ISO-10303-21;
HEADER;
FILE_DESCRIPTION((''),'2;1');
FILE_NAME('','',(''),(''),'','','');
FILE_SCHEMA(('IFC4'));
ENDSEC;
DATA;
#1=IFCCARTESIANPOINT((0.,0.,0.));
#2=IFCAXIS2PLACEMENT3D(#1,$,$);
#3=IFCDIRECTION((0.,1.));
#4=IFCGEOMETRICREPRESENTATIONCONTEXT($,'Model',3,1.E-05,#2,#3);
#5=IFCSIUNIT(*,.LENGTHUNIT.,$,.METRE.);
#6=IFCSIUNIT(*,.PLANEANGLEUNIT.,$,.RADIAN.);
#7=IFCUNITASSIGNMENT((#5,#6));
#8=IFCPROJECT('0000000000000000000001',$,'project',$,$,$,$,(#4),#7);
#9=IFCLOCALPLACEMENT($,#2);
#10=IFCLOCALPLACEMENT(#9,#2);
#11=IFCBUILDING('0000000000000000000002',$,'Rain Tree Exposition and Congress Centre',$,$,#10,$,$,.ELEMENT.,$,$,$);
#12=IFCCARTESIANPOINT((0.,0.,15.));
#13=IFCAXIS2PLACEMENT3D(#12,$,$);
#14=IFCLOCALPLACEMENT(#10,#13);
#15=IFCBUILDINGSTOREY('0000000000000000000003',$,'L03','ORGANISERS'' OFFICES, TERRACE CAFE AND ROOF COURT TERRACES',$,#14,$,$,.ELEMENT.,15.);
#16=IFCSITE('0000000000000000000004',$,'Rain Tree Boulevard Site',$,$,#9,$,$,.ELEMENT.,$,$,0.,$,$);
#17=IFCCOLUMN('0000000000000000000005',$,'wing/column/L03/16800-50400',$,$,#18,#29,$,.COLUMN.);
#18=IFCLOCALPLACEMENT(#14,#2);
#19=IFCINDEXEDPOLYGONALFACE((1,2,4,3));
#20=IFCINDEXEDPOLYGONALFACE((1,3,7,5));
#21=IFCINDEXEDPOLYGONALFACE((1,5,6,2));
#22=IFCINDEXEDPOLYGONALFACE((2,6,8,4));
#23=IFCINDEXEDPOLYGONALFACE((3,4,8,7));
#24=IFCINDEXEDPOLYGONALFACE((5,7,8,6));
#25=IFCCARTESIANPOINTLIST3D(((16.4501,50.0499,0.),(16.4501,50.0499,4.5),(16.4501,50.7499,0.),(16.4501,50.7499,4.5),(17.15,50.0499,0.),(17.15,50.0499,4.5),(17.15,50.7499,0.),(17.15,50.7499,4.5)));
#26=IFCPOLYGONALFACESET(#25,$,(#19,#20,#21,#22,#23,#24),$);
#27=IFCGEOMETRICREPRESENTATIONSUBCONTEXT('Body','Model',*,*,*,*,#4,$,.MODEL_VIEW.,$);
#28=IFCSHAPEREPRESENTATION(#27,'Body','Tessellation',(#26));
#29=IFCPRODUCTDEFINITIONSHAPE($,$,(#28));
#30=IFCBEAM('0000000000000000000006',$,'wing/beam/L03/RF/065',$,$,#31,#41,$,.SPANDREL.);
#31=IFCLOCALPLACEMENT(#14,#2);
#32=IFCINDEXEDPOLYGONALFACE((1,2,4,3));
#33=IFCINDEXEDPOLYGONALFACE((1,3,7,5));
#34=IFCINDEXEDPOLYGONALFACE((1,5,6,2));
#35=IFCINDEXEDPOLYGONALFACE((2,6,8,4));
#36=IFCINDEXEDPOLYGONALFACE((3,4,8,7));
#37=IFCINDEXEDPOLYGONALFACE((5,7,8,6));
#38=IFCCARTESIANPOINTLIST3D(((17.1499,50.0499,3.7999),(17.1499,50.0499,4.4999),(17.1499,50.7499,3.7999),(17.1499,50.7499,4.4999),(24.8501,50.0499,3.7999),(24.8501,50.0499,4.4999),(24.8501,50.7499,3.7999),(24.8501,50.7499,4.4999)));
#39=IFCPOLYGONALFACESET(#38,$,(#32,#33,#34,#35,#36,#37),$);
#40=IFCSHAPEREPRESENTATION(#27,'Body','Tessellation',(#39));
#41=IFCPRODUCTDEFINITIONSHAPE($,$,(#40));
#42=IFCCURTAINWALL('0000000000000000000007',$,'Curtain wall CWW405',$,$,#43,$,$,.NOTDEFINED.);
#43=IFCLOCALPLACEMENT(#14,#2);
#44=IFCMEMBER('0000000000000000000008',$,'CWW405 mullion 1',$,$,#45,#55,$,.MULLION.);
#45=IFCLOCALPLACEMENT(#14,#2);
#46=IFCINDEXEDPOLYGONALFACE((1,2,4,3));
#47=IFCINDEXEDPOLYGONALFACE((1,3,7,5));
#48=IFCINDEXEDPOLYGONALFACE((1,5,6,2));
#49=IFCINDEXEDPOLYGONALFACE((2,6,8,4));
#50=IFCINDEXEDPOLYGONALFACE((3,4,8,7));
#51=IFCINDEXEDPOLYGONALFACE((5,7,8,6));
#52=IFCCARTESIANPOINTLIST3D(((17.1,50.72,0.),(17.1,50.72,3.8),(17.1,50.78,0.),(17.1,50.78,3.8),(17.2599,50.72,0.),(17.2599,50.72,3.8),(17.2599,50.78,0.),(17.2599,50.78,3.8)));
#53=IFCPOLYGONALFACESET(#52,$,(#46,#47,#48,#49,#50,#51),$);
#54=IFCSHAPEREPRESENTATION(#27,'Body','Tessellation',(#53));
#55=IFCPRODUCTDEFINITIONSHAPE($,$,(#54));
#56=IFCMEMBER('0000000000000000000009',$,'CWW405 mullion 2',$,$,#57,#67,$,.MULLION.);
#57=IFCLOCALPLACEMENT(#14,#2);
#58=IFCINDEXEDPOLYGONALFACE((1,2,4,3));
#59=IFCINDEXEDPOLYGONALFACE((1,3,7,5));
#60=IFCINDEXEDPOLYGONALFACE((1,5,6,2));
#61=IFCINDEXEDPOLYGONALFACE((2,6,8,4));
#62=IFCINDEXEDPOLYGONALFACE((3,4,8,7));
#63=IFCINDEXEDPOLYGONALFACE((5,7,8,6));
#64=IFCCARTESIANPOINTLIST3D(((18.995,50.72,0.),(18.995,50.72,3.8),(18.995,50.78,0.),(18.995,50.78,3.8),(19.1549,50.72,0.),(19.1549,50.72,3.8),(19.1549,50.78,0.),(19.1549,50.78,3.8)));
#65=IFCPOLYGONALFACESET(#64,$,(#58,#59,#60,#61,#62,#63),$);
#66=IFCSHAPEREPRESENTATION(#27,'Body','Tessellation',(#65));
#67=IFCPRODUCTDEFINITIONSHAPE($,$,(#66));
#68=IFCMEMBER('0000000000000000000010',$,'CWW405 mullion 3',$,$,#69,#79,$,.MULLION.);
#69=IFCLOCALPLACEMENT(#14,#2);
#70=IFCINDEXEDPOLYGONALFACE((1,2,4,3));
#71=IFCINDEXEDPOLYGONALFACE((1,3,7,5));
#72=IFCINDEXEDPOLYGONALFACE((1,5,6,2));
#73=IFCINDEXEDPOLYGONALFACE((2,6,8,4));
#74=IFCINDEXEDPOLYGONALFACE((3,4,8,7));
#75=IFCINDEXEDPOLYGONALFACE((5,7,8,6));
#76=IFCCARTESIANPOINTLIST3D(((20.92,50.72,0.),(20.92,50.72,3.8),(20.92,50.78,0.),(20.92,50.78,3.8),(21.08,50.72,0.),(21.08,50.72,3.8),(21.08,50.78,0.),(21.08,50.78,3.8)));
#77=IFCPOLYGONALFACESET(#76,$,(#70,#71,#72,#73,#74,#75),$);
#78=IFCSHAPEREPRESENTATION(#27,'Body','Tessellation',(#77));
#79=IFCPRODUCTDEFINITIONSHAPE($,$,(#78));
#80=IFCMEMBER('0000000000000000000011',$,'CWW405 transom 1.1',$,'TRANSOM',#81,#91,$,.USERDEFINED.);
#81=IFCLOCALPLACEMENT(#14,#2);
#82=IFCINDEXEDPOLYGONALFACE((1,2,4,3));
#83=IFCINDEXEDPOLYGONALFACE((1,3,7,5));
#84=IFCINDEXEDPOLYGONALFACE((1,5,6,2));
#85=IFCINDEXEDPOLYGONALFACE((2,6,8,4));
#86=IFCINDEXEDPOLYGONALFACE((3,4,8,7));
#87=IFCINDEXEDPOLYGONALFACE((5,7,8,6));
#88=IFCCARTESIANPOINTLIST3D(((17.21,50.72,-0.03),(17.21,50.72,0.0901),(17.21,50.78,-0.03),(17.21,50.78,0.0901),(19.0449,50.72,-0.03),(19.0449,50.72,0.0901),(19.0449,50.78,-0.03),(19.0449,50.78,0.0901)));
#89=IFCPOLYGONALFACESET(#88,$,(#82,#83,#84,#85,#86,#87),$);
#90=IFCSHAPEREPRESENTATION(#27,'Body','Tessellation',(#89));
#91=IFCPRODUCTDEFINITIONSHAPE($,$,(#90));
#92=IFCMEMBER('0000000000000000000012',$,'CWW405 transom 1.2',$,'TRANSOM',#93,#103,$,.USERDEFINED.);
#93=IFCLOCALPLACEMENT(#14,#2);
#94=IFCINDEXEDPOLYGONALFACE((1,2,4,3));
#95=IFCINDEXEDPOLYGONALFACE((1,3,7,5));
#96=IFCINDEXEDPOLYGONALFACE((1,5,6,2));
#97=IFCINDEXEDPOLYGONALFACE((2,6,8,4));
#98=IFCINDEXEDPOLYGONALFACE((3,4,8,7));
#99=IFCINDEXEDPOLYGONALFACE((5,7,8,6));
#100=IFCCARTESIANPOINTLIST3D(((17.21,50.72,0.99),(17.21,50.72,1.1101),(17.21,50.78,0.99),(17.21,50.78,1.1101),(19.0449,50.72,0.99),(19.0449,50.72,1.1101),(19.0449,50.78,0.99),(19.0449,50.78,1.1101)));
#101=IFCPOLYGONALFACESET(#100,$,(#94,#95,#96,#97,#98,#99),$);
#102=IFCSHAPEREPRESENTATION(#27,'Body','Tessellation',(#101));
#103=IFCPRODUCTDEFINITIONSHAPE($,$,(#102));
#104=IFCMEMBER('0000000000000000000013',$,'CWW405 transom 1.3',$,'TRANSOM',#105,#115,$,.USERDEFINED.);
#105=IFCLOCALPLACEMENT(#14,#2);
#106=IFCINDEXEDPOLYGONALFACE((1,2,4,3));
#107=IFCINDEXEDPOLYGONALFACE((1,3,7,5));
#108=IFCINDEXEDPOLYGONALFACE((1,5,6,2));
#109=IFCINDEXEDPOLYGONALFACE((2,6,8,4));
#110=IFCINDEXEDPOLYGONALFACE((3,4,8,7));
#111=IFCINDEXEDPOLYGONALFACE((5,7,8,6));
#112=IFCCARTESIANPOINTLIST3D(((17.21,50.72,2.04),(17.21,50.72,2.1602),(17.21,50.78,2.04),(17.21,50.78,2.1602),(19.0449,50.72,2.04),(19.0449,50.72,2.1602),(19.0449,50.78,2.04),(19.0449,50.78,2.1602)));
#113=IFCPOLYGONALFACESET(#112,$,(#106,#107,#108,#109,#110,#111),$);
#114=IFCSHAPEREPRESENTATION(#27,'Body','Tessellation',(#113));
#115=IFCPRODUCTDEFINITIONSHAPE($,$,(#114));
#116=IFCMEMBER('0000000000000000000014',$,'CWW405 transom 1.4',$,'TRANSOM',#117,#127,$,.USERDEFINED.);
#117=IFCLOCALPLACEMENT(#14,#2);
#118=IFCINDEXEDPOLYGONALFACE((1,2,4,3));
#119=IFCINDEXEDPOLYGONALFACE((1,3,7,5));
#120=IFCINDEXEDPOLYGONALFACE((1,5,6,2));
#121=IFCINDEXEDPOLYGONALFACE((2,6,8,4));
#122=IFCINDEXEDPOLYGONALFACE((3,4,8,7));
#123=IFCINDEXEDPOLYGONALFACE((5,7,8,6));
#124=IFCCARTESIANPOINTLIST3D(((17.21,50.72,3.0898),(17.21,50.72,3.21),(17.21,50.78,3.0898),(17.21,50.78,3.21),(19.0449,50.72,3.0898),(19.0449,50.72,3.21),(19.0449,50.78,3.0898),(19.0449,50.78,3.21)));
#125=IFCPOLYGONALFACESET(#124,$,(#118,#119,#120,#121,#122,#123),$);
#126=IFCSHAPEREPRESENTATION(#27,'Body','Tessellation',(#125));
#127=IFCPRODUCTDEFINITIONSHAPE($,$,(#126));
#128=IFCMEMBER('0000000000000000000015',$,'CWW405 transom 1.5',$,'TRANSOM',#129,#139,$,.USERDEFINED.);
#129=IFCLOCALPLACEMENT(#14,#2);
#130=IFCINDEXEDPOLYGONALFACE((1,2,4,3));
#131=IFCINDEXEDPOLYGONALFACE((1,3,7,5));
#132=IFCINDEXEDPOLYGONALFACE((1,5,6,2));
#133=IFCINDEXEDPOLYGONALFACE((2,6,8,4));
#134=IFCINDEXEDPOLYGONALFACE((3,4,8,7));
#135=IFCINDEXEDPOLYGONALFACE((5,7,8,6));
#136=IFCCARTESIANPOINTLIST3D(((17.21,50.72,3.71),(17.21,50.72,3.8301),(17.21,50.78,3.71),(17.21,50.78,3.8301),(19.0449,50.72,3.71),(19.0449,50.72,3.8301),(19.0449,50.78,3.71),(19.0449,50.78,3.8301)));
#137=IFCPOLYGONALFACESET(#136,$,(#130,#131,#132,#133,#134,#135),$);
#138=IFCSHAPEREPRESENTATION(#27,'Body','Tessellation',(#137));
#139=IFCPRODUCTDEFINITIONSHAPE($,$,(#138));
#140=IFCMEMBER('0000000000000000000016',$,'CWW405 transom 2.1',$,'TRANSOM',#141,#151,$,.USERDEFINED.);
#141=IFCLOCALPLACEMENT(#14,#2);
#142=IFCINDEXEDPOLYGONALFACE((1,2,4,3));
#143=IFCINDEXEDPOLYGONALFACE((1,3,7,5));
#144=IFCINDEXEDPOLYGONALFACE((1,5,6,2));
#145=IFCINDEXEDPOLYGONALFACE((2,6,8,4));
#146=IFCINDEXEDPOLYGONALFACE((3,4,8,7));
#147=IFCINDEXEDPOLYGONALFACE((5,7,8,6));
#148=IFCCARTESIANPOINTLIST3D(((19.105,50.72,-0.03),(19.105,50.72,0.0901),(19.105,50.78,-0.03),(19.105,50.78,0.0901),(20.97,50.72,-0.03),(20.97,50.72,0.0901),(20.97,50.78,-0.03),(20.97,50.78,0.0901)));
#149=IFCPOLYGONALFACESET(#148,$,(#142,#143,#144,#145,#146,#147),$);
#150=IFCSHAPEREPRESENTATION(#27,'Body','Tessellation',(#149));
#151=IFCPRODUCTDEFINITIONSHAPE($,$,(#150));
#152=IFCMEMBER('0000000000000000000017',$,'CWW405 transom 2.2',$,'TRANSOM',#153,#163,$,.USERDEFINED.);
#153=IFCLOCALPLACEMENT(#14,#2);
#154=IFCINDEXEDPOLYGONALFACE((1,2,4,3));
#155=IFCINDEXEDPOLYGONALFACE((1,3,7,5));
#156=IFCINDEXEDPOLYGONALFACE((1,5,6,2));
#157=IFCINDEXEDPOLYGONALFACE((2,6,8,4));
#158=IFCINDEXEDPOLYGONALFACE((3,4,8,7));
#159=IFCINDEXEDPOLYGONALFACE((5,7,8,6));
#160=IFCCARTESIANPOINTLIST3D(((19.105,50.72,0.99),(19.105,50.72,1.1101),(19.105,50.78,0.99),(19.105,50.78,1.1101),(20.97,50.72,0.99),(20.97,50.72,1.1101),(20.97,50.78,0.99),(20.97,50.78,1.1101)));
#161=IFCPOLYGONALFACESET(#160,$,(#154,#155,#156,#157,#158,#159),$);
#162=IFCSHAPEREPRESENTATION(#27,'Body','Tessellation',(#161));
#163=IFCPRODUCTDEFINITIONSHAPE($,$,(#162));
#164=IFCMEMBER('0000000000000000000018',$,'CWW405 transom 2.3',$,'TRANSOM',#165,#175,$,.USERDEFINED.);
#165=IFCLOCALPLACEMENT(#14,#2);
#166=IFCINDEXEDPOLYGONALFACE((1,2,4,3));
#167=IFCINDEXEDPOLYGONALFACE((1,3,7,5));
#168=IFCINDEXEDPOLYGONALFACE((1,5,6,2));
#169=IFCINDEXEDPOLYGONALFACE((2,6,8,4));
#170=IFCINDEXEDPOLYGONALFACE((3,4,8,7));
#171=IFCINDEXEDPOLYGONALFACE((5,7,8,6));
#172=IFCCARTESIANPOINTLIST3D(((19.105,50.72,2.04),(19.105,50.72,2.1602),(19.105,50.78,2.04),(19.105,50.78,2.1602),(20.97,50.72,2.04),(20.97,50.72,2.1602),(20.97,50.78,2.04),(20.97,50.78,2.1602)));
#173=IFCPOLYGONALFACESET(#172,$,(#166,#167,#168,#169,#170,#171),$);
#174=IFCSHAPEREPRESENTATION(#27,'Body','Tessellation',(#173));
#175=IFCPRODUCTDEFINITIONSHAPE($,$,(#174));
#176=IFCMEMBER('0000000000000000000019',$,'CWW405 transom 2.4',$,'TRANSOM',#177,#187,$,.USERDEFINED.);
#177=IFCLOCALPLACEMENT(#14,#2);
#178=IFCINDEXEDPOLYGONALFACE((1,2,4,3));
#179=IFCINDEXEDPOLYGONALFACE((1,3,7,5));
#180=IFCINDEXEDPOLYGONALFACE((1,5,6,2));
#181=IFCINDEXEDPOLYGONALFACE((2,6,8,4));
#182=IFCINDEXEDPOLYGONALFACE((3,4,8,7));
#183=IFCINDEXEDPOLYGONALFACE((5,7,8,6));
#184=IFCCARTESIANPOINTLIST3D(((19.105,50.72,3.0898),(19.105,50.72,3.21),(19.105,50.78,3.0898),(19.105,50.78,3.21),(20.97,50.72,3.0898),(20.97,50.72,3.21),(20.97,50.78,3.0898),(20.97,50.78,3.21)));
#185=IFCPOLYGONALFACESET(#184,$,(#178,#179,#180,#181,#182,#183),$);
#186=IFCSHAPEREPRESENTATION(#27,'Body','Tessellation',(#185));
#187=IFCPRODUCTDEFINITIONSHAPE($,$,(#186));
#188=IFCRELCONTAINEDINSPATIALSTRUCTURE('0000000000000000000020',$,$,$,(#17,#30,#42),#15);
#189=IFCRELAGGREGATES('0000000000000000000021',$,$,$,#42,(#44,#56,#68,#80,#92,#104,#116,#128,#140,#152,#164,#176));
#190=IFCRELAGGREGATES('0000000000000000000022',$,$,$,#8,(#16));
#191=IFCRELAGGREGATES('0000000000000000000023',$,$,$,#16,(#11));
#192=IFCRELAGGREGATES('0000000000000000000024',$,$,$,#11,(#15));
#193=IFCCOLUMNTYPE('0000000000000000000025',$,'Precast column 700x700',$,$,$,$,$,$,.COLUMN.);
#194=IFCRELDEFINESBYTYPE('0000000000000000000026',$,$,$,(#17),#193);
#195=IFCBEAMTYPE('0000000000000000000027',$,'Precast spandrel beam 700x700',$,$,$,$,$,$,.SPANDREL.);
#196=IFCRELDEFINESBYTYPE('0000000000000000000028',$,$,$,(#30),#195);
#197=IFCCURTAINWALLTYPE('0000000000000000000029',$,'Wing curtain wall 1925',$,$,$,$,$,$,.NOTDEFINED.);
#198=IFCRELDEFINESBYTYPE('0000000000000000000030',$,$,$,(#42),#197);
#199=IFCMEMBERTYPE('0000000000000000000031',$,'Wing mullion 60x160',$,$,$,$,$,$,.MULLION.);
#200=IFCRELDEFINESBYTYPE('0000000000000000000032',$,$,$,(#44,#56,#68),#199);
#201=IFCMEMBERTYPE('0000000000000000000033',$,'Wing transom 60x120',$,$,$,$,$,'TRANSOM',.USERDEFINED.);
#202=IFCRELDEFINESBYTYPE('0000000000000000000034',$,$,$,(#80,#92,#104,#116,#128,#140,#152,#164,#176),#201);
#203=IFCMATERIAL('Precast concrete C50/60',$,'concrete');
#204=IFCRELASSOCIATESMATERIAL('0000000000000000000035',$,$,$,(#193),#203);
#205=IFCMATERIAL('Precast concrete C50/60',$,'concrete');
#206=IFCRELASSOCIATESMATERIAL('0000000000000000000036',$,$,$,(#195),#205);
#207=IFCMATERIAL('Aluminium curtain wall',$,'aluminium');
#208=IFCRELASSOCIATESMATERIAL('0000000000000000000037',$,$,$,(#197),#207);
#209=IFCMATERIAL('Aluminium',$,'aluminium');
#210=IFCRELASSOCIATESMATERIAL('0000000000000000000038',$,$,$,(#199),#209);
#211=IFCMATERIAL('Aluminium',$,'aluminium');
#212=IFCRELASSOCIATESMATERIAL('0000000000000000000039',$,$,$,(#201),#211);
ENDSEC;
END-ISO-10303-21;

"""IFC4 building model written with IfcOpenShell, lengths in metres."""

from ifc_helpers import new_model, si_unit, direction, frame, origin, origin_2d, place, context, subcontext, project, spatial, rectangle, extrude, material, material_profile, profile_set, type_object, element, aggregate, save


model = new_model("IFC4")

# Units and contexts
model_context = context("Model", 3, precision=1e-05, world=origin(), true_north=direction((0.0, 1.0)))
body_context = subcontext(model_context, "Body", "Model", "MODEL_VIEW")
ifc_project = project(units=[si_unit("LENGTHUNIT", "METRE"), si_unit("PLANEANGLEUNIT", "RADIAN")], contexts=[model_context])

# Site, building, storey
site_placement = place(None, origin())
site = spatial("IfcSite", under=ifc_project, at=site_placement, Name="Rain Tree Boulevard Site", CompositionType="ELEMENT", RefElevation=0.0)
building_placement = place(site_placement, origin())
building = spatial("IfcBuilding", under=site, at=building_placement, Name="Rain Tree Exposition and Congress Centre", CompositionType="ELEMENT")
storey_placement = place(building_placement, frame((0.0, 0.0, 15.0)))
storey = spatial("IfcBuildingStorey", under=building, at=storey_placement, Name="L03", Description="ORGANISERS' OFFICES, TERRACE CAFE AND ROOF COURT TERRACES", CompositionType="ELEMENT", Elevation=15.0)

# Column
ifc_material_1 = material(Name="Precast concrete C50/60", Category="concrete")
ifc_material_profile_1 = material_profile(ifc_material_1, rectangle(XDim=0.7, YDim=0.7, at=origin_2d()), Name="RC 700x700")
ifc_profile_set_1 = profile_set([ifc_material_profile_1], Name="Precast concrete C50/60")
column_type = type_object("IfcColumnType", Name="Precast column 700x700", PredefinedType="COLUMN", material=ifc_profile_set_1)
column_placement = place(storey_placement, frame((16.8, 50.3999, 0.0), z_axis=(0.0, 0.0, 1.0), x_axis=(1.0, 0.0, 0.0)))
element("IfcColumn", 1, at=column_placement, inside=storey, type_object=column_type, Name="wing/column/L03/16800-50400", PredefinedType="COLUMN", context=body_context, shape_type="SweptSolid", body=[
    extrude(rectangle(XDim=0.7, YDim=0.7, at=origin_2d()), origin(), (0.0, 0.0, 1.0), 4.5),
])

# Beam
ifc_material_2 = material(Name="Precast concrete C50/60", Category="concrete")
ifc_material_profile_2 = material_profile(ifc_material_2, rectangle(XDim=0.7, YDim=0.7, at=origin_2d()), Name="RC 700x700")
ifc_profile_set_2 = profile_set([ifc_material_profile_2], Name="Precast concrete C50/60")
beam_type = type_object("IfcBeamType", Name="Precast spandrel beam 700x700", PredefinedType="SPANDREL", material=ifc_profile_set_2)
beam_placement = place(storey_placement, frame((17.1499, 50.3999, 4.1499), z_axis=(1.0, 0.0, 0.0), x_axis=(0.0, 1.0, 0.0)))
element("IfcBeam", 2, at=beam_placement, inside=storey, type_object=beam_type, Name="wing/beam/L03/RF/065", PredefinedType="SPANDREL", context=body_context, shape_type="SweptSolid", body=[
    extrude(rectangle(XDim=0.7, YDim=0.7, at=origin_2d()), origin(), (0.0, 0.0, 1.0), 7.7002),
])

# Curtain wall, members
ifc_material_3 = material(Name="Aluminium curtain wall", Category="aluminium")
curtain_wall_type = type_object("IfcCurtainWallType", Name="Wing curtain wall 1925", PredefinedType="NOTDEFINED", material=ifc_material_3)
curtain_wall_placement = place(storey_placement, origin())
curtain_wall = element("IfcCurtainWall", 3, at=curtain_wall_placement, inside=storey, type_object=curtain_wall_type, Name="Curtain wall CWW405", PredefinedType="NOTDEFINED")
ifc_material_4 = material(Name="Aluminium", Category="aluminium")
ifc_material_profile_3 = material_profile(ifc_material_4, rectangle(XDim=0.0601, YDim=0.1599, at=origin_2d()), Name="Aluminium 60x160")
ifc_profile_set_3 = profile_set([ifc_material_profile_3], Name="Aluminium")
member_type_1 = type_object("IfcMemberType", Name="Wing mullion 60x160", PredefinedType="MULLION", material=ifc_profile_set_3)
member_1_placement = place(storey_placement, frame((17.1799, 50.75, 0.0), z_axis=(0.0, 0.0, 1.0), x_axis=(0.0, 1.0, 0.0)))
member_1 = element("IfcMember", 4, at=member_1_placement, type_object=member_type_1, Name="CWW405 mullion 1", PredefinedType="MULLION", context=body_context, shape_type="SweptSolid", body=[
    extrude(rectangle(XDim=0.0601, YDim=0.1599, at=origin_2d()), origin(), (0.0, 0.0, 1.0), 3.8),
])
member_2_placement = place(storey_placement, frame((19.075, 50.75, 0.0), z_axis=(0.0, 0.0, 1.0), x_axis=(0.0, 1.0, 0.0)))
member_2 = element("IfcMember", 5, at=member_2_placement, type_object=member_type_1, Name="CWW405 mullion 2", PredefinedType="MULLION", context=body_context, shape_type="SweptSolid", body=[
    extrude(rectangle(XDim=0.0601, YDim=0.1599, at=origin_2d()), origin(), (0.0, 0.0, 1.0), 3.8),
])
member_3_placement = place(storey_placement, frame((21.0, 50.75, 0.0), z_axis=(0.0, 0.0, 1.0), x_axis=(0.0, 1.0, 0.0)))
member_3 = element("IfcMember", 6, at=member_3_placement, type_object=member_type_1, Name="CWW405 mullion 3", PredefinedType="MULLION", context=body_context, shape_type="SweptSolid", body=[
    extrude(rectangle(XDim=0.0601, YDim=0.1599, at=origin_2d()), origin(), (0.0, 0.0, 1.0), 3.8),
])
ifc_material_5 = material(Name="Aluminium", Category="aluminium")
ifc_material_profile_4 = material_profile(ifc_material_5, rectangle(XDim=0.0601, YDim=0.1201, at=origin_2d()), Name="Aluminium 60x120")
ifc_profile_set_4 = profile_set([ifc_material_profile_4], Name="Aluminium")
member_type_2 = type_object("IfcMemberType", Name="Wing transom 60x120", ElementType="TRANSOM", PredefinedType="USERDEFINED", material=ifc_profile_set_4)
member_4_placement = place(storey_placement, frame((17.21, 50.75, 0.03), z_axis=(1.0, 0.0, 0.0), x_axis=(0.0, 1.0, 0.0)))
member_4 = element("IfcMember", 7, at=member_4_placement, type_object=member_type_2, Name="CWW405 transom 1.1", ObjectType="TRANSOM", PredefinedType="USERDEFINED", context=body_context, shape_type="SweptSolid", body=[
    extrude(rectangle(XDim=0.0601, YDim=0.1201, at=origin_2d()), origin(), (0.0, 0.0, 1.0), 1.835),
])
member_5_placement = place(storey_placement, frame((17.21, 50.75, 1.05), z_axis=(1.0, 0.0, 0.0), x_axis=(0.0, 1.0, 0.0)))
member_5 = element("IfcMember", 8, at=member_5_placement, type_object=member_type_2, Name="CWW405 transom 1.2", ObjectType="TRANSOM", PredefinedType="USERDEFINED", context=body_context, shape_type="SweptSolid", body=[
    extrude(rectangle(XDim=0.0601, YDim=0.1201, at=origin_2d()), origin(), (0.0, 0.0, 1.0), 1.835),
])
member_6_placement = place(storey_placement, frame((17.21, 50.75, 2.1001), z_axis=(1.0, 0.0, 0.0), x_axis=(0.0, 1.0, 0.0)))
member_6 = element("IfcMember", 9, at=member_6_placement, type_object=member_type_2, Name="CWW405 transom 1.3", ObjectType="TRANSOM", PredefinedType="USERDEFINED", context=body_context, shape_type="SweptSolid", body=[
    extrude(rectangle(XDim=0.0601, YDim=0.1201, at=origin_2d()), origin(), (0.0, 0.0, 1.0), 1.835),
])
member_7_placement = place(storey_placement, frame((17.21, 50.75, 3.1499), z_axis=(1.0, 0.0, 0.0), x_axis=(0.0, 1.0, 0.0)))
member_7 = element("IfcMember", 10, at=member_7_placement, type_object=member_type_2, Name="CWW405 transom 1.4", ObjectType="TRANSOM", PredefinedType="USERDEFINED", context=body_context, shape_type="SweptSolid", body=[
    extrude(rectangle(XDim=0.0601, YDim=0.1201, at=origin_2d()), origin(), (0.0, 0.0, 1.0), 1.835),
])
member_8_placement = place(storey_placement, frame((17.21, 50.75, 3.77), z_axis=(1.0, 0.0, 0.0), x_axis=(0.0, 1.0, 0.0)))
member_8 = element("IfcMember", 11, at=member_8_placement, type_object=member_type_2, Name="CWW405 transom 1.5", ObjectType="TRANSOM", PredefinedType="USERDEFINED", context=body_context, shape_type="SweptSolid", body=[
    extrude(rectangle(XDim=0.0601, YDim=0.1201, at=origin_2d()), origin(), (0.0, 0.0, 1.0), 1.835),
])
member_9_placement = place(storey_placement, frame((19.105, 50.75, 0.03), z_axis=(1.0, 0.0, 0.0), x_axis=(0.0, 1.0, 0.0)))
member_9 = element("IfcMember", 12, at=member_9_placement, type_object=member_type_2, Name="CWW405 transom 2.1", ObjectType="TRANSOM", PredefinedType="USERDEFINED", context=body_context, shape_type="SweptSolid", body=[
    extrude(rectangle(XDim=0.0601, YDim=0.1201, at=origin_2d()), origin(), (0.0, 0.0, 1.0), 1.865),
])
member_10_placement = place(storey_placement, frame((19.105, 50.75, 1.05), z_axis=(1.0, 0.0, 0.0), x_axis=(0.0, 1.0, 0.0)))
member_10 = element("IfcMember", 13, at=member_10_placement, type_object=member_type_2, Name="CWW405 transom 2.2", ObjectType="TRANSOM", PredefinedType="USERDEFINED", context=body_context, shape_type="SweptSolid", body=[
    extrude(rectangle(XDim=0.0601, YDim=0.1201, at=origin_2d()), origin(), (0.0, 0.0, 1.0), 1.865),
])
member_11_placement = place(storey_placement, frame((19.105, 50.75, 2.1001), z_axis=(1.0, 0.0, 0.0), x_axis=(0.0, 1.0, 0.0)))
member_11 = element("IfcMember", 14, at=member_11_placement, type_object=member_type_2, Name="CWW405 transom 2.3", ObjectType="TRANSOM", PredefinedType="USERDEFINED", context=body_context, shape_type="SweptSolid", body=[
    extrude(rectangle(XDim=0.0601, YDim=0.1201, at=origin_2d()), origin(), (0.0, 0.0, 1.0), 1.865),
])
member_12_placement = place(storey_placement, frame((19.105, 50.75, 3.1499), z_axis=(1.0, 0.0, 0.0), x_axis=(0.0, 1.0, 0.0)))
member_12 = element("IfcMember", 15, at=member_12_placement, type_object=member_type_2, Name="CWW405 transom 2.4", ObjectType="TRANSOM", PredefinedType="USERDEFINED", context=body_context, shape_type="SweptSolid", body=[
    extrude(rectangle(XDim=0.0601, YDim=0.1201, at=origin_2d()), origin(), (0.0, 0.0, 1.0), 1.865),
])
aggregate(curtain_wall, [member_1, member_2, member_3, member_4, member_5, member_6, member_7, member_8, member_9, member_10, member_11, member_12])

save(model, "model.ifc")
